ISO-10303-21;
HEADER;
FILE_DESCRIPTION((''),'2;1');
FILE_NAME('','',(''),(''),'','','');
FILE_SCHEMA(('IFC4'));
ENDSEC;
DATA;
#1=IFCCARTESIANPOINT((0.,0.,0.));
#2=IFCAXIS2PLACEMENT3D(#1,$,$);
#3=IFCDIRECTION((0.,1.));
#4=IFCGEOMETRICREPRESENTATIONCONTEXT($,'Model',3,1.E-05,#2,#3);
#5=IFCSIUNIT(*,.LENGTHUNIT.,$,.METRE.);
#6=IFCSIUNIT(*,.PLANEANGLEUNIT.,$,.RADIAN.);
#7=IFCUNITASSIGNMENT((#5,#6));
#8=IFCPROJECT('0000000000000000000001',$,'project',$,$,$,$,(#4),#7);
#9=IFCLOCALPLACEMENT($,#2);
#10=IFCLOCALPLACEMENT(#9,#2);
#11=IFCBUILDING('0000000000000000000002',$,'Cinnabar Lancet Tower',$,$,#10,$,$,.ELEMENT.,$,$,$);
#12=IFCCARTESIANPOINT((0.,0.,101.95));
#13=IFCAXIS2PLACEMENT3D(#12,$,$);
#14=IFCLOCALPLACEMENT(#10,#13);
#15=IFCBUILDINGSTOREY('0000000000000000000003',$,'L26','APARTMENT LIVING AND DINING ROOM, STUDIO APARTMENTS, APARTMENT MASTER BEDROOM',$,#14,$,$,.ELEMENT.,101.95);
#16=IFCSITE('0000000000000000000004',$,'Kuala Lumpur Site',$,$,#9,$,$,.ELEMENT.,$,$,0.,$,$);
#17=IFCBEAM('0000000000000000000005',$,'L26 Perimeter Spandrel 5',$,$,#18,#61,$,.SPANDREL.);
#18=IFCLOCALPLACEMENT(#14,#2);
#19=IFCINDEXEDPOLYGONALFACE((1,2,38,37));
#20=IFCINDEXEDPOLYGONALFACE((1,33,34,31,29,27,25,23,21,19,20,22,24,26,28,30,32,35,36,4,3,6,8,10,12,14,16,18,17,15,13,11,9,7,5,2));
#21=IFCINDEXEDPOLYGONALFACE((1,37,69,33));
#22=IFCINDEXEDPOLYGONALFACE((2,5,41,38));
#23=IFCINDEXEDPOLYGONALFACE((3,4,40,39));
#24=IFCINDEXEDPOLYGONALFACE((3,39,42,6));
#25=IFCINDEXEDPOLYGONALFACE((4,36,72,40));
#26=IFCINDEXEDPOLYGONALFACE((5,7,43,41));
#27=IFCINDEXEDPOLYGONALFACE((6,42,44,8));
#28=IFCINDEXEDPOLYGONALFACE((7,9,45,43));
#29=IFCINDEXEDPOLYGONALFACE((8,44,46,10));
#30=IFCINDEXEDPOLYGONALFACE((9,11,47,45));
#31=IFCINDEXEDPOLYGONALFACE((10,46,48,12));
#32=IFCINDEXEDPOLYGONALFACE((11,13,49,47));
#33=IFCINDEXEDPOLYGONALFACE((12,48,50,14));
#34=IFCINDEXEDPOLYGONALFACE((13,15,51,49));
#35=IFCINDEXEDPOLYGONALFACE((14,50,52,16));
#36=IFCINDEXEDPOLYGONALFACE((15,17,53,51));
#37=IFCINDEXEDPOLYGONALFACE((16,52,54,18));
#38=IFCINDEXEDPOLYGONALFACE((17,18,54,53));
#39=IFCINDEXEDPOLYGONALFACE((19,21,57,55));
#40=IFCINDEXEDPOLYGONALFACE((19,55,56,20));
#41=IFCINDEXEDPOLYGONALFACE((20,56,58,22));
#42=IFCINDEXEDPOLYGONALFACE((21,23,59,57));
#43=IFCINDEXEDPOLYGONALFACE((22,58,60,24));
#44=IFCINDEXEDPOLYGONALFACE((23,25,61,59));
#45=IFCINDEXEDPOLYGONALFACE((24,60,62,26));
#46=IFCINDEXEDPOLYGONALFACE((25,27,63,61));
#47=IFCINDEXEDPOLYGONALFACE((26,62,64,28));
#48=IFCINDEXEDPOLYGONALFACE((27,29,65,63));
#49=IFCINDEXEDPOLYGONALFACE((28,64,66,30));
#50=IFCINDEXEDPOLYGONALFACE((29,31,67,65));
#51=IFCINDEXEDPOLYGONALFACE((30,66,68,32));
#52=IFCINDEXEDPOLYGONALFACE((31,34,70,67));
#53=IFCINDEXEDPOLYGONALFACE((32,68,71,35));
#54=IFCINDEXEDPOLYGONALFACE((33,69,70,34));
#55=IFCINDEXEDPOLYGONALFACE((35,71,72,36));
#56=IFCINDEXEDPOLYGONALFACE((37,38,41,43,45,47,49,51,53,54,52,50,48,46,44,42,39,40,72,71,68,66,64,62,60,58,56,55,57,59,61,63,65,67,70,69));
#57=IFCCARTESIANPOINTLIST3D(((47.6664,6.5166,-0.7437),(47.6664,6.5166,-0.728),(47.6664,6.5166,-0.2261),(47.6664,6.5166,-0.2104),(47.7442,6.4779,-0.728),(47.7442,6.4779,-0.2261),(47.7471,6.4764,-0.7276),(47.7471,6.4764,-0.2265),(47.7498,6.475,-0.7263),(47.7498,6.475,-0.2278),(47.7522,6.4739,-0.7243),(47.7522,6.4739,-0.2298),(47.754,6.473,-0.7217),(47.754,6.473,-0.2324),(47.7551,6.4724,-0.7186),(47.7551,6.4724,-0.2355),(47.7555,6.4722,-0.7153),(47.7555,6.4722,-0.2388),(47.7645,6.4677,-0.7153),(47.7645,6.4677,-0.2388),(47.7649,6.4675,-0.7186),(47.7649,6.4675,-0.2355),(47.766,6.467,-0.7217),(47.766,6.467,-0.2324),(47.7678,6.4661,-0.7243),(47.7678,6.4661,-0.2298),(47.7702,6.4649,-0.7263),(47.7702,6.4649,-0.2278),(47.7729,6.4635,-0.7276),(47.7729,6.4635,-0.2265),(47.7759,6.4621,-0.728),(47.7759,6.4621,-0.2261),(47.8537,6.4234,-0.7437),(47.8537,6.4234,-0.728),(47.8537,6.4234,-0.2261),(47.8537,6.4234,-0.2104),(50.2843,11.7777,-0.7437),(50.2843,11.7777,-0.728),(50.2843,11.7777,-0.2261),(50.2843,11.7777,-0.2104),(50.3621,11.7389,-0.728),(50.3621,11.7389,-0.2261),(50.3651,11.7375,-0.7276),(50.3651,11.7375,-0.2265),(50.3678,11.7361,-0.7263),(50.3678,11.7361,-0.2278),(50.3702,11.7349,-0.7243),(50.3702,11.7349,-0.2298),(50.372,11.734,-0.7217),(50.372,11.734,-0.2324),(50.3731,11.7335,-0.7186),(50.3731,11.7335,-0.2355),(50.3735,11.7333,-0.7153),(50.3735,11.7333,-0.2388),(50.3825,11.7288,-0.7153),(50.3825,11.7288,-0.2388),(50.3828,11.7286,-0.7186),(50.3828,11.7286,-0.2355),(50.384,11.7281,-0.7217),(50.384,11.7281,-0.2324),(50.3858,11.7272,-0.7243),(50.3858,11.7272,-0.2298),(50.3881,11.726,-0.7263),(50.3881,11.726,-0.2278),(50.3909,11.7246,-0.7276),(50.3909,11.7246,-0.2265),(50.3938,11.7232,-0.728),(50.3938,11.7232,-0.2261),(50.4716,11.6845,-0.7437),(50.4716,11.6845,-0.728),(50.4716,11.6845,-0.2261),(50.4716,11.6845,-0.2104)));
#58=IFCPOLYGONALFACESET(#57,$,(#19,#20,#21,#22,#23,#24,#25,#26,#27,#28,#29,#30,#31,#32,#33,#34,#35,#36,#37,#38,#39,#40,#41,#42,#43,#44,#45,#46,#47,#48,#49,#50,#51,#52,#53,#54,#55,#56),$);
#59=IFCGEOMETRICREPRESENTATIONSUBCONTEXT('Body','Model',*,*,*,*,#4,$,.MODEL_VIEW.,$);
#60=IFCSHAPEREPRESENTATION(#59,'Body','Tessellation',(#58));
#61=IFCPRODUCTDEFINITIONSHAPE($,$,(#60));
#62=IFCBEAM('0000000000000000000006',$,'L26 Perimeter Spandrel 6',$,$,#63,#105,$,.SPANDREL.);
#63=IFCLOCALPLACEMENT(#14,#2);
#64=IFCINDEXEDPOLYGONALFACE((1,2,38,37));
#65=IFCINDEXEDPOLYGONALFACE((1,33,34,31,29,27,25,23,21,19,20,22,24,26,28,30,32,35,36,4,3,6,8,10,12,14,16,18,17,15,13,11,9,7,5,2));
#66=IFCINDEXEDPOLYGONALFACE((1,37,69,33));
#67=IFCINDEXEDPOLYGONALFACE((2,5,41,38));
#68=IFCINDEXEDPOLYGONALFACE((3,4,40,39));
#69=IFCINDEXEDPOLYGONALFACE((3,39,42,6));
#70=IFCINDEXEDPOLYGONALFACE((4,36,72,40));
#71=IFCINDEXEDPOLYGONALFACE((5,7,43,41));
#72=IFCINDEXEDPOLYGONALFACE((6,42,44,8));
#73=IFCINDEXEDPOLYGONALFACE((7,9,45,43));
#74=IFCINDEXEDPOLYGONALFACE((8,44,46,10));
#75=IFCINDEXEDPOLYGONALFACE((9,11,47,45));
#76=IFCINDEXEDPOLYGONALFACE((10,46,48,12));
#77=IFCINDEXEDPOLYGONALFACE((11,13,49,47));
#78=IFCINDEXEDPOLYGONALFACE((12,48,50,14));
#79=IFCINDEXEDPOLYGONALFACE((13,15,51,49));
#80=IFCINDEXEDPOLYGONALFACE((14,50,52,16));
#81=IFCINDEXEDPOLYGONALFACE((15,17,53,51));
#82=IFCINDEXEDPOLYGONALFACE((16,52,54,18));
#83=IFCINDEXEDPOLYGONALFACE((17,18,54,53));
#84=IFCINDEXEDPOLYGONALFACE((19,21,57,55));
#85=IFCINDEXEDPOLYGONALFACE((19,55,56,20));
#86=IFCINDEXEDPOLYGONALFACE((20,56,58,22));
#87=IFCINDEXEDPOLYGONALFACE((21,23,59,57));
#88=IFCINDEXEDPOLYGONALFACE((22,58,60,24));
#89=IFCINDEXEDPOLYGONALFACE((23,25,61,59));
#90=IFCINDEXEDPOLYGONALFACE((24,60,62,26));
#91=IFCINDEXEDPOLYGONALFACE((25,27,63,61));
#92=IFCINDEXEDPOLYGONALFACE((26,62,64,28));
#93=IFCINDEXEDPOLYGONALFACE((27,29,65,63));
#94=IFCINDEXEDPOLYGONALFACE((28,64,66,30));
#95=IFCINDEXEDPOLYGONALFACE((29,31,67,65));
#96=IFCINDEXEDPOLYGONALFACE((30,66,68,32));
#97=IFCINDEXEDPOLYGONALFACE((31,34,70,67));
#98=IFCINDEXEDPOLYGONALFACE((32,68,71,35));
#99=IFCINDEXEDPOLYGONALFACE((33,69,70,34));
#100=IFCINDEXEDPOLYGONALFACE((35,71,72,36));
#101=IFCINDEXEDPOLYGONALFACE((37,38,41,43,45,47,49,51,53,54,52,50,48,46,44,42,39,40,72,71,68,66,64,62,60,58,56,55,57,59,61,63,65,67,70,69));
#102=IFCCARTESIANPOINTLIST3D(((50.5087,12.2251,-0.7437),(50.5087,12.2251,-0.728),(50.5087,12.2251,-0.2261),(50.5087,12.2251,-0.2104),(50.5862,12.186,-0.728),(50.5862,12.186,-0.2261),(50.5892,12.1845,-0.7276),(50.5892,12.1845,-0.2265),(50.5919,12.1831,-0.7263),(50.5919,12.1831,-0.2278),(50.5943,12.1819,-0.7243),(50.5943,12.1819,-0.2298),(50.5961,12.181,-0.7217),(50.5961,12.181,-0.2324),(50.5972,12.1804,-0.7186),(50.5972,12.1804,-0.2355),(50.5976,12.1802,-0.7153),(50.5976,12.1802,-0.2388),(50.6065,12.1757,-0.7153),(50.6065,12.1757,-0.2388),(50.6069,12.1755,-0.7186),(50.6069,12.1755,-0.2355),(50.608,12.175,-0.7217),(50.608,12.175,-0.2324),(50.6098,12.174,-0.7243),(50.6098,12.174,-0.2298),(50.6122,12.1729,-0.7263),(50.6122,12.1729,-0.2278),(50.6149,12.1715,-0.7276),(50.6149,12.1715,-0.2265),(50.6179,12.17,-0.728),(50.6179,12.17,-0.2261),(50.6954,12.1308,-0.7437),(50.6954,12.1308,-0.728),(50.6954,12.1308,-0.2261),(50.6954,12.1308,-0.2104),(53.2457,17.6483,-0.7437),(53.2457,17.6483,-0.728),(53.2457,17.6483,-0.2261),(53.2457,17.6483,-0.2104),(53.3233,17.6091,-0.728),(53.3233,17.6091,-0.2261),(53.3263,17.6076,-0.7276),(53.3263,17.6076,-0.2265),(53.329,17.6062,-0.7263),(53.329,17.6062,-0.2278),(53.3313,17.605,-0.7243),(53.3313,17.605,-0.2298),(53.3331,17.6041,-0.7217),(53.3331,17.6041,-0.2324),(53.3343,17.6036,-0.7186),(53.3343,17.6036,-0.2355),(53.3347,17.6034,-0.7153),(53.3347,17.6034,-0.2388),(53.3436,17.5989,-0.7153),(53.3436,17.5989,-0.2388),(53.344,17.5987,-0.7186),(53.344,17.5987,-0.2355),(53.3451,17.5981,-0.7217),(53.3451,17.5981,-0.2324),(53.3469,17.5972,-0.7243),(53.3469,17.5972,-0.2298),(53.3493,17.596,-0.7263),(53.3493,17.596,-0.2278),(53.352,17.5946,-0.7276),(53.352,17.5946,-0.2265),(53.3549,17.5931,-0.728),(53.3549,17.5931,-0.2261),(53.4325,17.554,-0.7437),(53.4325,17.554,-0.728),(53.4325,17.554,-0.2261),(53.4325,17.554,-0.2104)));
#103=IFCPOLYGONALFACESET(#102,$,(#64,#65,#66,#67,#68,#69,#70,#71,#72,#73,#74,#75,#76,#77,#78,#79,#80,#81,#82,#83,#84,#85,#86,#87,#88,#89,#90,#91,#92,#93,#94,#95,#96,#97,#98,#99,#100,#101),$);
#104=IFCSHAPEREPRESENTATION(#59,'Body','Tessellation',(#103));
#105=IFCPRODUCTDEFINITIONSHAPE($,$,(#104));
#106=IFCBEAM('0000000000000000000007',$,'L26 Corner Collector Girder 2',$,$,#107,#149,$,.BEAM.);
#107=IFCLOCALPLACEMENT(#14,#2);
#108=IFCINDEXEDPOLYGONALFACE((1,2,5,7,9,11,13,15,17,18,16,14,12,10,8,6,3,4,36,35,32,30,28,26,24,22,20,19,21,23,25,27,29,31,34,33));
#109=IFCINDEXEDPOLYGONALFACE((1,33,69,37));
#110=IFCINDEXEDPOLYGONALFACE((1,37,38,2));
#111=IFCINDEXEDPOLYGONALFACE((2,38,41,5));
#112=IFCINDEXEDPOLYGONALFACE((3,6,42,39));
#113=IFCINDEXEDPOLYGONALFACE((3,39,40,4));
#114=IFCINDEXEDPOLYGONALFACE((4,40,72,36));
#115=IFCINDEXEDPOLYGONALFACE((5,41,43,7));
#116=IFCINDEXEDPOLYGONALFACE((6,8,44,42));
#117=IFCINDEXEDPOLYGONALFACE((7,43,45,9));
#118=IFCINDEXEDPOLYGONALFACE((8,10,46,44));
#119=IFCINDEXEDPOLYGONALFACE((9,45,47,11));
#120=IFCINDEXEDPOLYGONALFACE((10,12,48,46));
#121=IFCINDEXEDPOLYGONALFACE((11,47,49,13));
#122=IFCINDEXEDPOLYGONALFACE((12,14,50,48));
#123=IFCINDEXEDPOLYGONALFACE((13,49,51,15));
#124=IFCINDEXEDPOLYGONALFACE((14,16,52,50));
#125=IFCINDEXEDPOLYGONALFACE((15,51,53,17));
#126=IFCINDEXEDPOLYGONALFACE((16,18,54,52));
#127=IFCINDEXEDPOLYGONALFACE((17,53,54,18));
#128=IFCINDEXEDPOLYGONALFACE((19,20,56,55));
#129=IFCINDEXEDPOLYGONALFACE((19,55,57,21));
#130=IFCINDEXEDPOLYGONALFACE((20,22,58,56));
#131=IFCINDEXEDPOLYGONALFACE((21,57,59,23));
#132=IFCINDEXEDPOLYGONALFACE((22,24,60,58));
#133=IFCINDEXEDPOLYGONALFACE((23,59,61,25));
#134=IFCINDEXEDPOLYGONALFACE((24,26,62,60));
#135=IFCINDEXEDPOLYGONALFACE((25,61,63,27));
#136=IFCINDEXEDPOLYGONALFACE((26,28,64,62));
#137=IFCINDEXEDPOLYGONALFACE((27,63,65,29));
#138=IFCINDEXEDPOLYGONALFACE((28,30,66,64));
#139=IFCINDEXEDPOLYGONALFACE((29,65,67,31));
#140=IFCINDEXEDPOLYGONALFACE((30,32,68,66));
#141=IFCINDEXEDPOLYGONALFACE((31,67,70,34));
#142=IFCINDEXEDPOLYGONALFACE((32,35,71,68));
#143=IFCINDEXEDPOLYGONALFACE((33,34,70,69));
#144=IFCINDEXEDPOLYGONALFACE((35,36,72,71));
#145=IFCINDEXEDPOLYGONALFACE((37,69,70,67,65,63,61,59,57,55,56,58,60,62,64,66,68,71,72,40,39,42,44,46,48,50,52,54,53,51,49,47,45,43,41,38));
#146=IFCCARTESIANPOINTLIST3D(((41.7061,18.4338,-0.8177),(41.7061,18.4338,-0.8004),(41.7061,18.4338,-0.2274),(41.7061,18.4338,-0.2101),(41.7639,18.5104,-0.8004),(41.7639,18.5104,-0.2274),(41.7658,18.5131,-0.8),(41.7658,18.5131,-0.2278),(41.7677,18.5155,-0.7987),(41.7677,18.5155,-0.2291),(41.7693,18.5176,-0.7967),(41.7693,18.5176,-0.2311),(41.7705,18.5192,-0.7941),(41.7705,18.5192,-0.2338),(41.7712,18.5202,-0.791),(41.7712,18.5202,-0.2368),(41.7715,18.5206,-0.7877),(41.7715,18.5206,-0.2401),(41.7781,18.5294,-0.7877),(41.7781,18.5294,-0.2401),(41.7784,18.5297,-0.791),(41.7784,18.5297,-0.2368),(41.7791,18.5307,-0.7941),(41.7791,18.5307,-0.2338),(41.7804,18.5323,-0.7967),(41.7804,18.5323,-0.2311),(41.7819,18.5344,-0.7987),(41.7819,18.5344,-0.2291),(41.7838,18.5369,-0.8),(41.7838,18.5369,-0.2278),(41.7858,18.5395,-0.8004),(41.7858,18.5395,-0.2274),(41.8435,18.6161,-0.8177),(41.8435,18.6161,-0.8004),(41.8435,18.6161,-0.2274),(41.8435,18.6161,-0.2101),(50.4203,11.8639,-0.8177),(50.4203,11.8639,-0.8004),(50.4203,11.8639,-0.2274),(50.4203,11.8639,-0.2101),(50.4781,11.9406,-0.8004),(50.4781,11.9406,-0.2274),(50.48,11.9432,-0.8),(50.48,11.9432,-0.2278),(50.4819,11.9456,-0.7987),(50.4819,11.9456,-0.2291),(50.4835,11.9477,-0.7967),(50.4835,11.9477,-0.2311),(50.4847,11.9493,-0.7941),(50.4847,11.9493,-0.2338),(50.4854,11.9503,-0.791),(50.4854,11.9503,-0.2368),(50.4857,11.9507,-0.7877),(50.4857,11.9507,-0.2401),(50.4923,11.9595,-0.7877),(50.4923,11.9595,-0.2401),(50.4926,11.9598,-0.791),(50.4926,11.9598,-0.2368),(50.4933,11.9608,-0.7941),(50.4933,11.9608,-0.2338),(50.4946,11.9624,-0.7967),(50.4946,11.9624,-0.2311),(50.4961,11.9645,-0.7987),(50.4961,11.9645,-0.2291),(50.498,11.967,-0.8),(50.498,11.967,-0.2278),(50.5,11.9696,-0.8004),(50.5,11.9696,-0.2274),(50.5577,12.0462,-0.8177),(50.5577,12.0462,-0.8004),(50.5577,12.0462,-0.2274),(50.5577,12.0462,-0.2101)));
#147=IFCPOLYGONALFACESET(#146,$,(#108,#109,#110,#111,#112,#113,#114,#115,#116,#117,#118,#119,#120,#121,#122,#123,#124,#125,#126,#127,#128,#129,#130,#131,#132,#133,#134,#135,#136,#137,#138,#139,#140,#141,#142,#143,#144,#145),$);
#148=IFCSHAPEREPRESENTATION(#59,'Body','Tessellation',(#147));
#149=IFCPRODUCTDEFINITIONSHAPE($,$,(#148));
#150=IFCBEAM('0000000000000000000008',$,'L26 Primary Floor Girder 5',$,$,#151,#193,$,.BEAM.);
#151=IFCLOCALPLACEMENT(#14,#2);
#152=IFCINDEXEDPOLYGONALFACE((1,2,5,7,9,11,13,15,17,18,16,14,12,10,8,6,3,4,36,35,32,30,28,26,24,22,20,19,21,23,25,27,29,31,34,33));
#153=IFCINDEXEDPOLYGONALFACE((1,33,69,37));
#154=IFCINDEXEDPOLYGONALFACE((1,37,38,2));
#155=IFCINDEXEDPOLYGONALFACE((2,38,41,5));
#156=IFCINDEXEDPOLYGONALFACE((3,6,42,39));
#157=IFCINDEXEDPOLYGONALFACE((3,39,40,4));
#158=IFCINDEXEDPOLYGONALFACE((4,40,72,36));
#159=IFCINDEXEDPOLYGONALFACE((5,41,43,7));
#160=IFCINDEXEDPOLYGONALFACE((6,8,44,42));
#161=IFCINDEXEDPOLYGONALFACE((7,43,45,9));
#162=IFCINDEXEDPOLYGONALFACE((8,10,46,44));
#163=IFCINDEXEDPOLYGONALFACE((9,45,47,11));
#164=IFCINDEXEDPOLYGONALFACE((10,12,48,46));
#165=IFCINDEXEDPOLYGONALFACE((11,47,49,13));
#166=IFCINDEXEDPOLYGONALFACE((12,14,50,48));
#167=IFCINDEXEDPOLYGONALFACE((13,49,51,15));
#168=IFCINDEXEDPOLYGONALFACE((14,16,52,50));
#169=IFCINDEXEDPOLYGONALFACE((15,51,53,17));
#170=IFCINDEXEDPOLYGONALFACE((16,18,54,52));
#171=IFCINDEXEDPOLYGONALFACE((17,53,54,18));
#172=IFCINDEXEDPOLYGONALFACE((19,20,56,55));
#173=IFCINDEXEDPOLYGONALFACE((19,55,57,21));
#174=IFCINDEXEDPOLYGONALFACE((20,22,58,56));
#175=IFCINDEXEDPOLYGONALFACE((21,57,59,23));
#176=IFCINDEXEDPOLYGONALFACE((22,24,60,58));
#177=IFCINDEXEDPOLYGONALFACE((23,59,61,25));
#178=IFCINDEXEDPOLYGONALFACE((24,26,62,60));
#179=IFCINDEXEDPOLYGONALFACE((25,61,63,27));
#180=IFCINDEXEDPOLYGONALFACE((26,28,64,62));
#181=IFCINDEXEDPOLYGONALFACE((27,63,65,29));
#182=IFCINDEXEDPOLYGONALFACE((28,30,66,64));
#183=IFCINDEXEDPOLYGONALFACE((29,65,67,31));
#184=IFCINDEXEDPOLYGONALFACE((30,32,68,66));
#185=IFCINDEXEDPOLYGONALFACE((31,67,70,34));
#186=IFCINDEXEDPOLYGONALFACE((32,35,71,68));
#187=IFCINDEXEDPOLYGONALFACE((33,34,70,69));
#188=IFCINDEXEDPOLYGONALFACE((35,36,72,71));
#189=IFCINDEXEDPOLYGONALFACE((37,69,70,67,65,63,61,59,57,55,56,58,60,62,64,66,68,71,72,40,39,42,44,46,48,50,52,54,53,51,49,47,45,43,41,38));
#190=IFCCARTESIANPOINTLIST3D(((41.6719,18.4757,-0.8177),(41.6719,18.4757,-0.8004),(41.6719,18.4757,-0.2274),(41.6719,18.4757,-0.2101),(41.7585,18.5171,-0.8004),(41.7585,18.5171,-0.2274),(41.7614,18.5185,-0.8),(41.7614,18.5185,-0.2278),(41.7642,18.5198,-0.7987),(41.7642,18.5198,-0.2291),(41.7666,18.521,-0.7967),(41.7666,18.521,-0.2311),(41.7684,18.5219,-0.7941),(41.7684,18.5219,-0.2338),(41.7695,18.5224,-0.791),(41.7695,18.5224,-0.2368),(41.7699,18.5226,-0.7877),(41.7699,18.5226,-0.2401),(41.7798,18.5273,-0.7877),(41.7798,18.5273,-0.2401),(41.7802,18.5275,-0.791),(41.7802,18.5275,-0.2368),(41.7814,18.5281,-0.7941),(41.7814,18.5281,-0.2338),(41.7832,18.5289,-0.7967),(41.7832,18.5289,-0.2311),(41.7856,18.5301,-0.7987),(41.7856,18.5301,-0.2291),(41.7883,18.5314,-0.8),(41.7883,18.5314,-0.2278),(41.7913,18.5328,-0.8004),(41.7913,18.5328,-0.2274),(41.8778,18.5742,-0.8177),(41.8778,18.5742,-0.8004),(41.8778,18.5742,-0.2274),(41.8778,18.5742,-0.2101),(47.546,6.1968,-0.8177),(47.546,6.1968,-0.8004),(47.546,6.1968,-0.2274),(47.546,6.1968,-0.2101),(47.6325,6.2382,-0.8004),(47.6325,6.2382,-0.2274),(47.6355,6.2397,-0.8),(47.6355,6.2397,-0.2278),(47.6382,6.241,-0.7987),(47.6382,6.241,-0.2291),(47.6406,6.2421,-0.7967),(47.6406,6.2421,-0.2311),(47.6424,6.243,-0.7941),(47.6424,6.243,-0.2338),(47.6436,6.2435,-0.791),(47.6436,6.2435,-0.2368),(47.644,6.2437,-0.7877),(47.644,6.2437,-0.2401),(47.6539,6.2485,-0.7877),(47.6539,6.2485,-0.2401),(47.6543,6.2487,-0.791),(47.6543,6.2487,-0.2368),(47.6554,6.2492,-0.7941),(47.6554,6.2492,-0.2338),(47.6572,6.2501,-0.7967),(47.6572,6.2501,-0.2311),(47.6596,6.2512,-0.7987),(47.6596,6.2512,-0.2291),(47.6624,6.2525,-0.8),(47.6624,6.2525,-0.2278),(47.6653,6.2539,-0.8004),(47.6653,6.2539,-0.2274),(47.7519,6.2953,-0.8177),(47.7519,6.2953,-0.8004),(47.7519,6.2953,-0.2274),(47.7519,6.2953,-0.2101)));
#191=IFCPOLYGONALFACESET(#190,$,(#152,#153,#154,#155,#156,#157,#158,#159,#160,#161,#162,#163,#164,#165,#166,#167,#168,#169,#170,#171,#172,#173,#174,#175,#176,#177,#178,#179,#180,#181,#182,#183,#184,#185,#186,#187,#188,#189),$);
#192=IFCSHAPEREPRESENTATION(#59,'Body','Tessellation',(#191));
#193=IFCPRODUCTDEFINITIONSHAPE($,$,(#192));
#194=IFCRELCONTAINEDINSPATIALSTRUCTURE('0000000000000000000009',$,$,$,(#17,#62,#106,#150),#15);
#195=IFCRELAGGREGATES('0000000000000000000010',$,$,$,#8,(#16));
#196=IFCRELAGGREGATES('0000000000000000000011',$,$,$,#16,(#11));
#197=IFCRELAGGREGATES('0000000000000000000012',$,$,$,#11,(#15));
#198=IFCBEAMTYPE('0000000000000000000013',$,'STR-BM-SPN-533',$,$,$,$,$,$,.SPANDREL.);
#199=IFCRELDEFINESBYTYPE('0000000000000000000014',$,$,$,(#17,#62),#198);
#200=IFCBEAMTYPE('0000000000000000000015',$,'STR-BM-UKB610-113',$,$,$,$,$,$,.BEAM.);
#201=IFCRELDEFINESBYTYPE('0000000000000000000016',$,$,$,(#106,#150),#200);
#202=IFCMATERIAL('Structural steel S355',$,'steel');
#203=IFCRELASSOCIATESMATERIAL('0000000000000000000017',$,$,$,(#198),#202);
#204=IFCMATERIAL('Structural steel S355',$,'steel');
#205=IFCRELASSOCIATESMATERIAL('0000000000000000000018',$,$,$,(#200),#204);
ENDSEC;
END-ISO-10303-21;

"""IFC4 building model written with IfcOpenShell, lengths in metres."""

from ifc_helpers import new_model, si_unit, direction, frame, origin, origin_2d, place, context, subcontext, project, spatial, i_section, extrude, material, material_profile, profile_set, type_object, element, save


model = new_model("IFC4")

# Units and contexts
model_context = context("Model", 3, precision=1e-05, world=origin(), true_north=direction((0.0, 1.0)))
body_context = subcontext(model_context, "Body", "Model", "MODEL_VIEW")
ifc_project = project(units=[si_unit("LENGTHUNIT", "METRE"), si_unit("PLANEANGLEUNIT", "RADIAN")], contexts=[model_context])

# Site, building, storey
site_placement = place(None, origin())
site = spatial("IfcSite", under=ifc_project, at=site_placement, Name="Kuala Lumpur Site", CompositionType="ELEMENT", RefElevation=0.0)
building_placement = place(site_placement, origin())
building = spatial("IfcBuilding", under=site, at=building_placement, Name="Cinnabar Lancet Tower", CompositionType="ELEMENT")
storey_placement = place(building_placement, frame((0.0, 0.0, 101.95)))
storey = spatial("IfcBuildingStorey", under=building, at=storey_placement, Name="L26", Description="APARTMENT LIVING AND DINING ROOM, STUDIO APARTMENTS, APARTMENT MASTER BEDROOM", CompositionType="ELEMENT", Elevation=101.95)

# Beams
ifc_material_1 = material(Name="Structural steel S355", Category="steel")
ifc_material_profile_1 = material_profile(ifc_material_1, i_section(OverallWidth=0.2092, OverallDepth=0.5332, WebThickness=0.01, FlangeThickness=0.0156, FilletRadius=0.0127, at=origin_2d()), Name="UKB 533x210x92")
ifc_profile_set_1 = profile_set([ifc_material_profile_1], Name="Structural steel S355")
beam_type_1 = type_object("IfcBeamType", Name="STR-BM-SPN-533", PredefinedType="SPANDREL", material=ifc_profile_set_1)
beam_1_placement = place(storey_placement, frame((47.76, 6.47, -0.4771), z_axis=(0.445501, 0.895281, 0.0), x_axis=(-0.895281, 0.445501, 0.0)))
element("IfcBeam", 1, at=beam_1_placement, inside=storey, type_object=beam_type_1, Name="L26 Perimeter Spandrel 5", PredefinedType="SPANDREL", context=body_context, shape_type="SweptSolid", body=[
    extrude(i_section(OverallWidth=0.2092, OverallDepth=0.5332, WebThickness=0.01, FlangeThickness=0.0156, FilletRadius=0.0127, at=origin_2d()), origin(), (0.0, 0.0, 1.0), 5.8765),
])
beam_2_placement = place(storey_placement, frame((50.6021, 12.178, -0.4771), z_axis=(0.45057, 0.892741, 0.0), x_axis=(-0.892741, 0.45057, 0.0)))
element("IfcBeam", 2, at=beam_2_placement, inside=storey, type_object=beam_type_1, Name="L26 Perimeter Spandrel 6", PredefinedType="SPANDREL", context=body_context, shape_type="SweptSolid", body=[
    extrude(i_section(OverallWidth=0.2092, OverallDepth=0.5332, WebThickness=0.01, FlangeThickness=0.0156, FilletRadius=0.0127, at=origin_2d()), origin(), (0.0, 0.0, 1.0), 6.0747),
])
ifc_material_2 = material(Name="Structural steel S355", Category="steel")
ifc_material_profile_2 = material_profile(ifc_material_2, i_section(OverallWidth=0.2283, OverallDepth=0.6077, WebThickness=0.011, FlangeThickness=0.0173, FilletRadius=0.0127, at=origin_2d()), Name="UKB 610x229x113")
ifc_profile_set_2 = profile_set([ifc_material_profile_2], Name="Structural steel S355")
beam_type_2 = type_object("IfcBeamType", Name="STR-BM-UKB610-113", PredefinedType="BEAM", material=ifc_profile_set_2)
beam_3_placement = place(storey_placement, frame((50.489, 11.9551, -0.5139), z_axis=(-0.798491, 0.602006, 0.0), x_axis=(-0.602006, -0.798491, 0.0)))
element("IfcBeam", 3, at=beam_3_placement, inside=storey, type_object=beam_type_2, Name="L26 Corner Collector Girder 2", PredefinedType="BEAM", context=body_context, shape_type="SweptSolid", body=[
    extrude(i_section(OverallWidth=0.2283, OverallDepth=0.6077, WebThickness=0.011, FlangeThickness=0.0173, FilletRadius=0.0127, at=origin_2d()), origin(), (0.0, 0.0, 1.0), 10.9133),
])
beam_4_placement = place(storey_placement, frame((47.6489, 6.2461, -0.5139), z_axis=(-0.431548, 0.90209, 0.0), x_axis=(-0.90209, -0.431548, 0.0)))
element("IfcBeam", 4, at=beam_4_placement, inside=storey, type_object=beam_type_2, Name="L26 Primary Floor Girder 5", PredefinedType="BEAM", context=body_context, shape_type="SweptSolid", body=[
    extrude(i_section(OverallWidth=0.2283, OverallDepth=0.6077, WebThickness=0.011, FlangeThickness=0.0173, FilletRadius=0.0127, at=origin_2d()), origin(), (0.0, 0.0, 1.0), 13.6116),
])

save(model, "model.ifc")
